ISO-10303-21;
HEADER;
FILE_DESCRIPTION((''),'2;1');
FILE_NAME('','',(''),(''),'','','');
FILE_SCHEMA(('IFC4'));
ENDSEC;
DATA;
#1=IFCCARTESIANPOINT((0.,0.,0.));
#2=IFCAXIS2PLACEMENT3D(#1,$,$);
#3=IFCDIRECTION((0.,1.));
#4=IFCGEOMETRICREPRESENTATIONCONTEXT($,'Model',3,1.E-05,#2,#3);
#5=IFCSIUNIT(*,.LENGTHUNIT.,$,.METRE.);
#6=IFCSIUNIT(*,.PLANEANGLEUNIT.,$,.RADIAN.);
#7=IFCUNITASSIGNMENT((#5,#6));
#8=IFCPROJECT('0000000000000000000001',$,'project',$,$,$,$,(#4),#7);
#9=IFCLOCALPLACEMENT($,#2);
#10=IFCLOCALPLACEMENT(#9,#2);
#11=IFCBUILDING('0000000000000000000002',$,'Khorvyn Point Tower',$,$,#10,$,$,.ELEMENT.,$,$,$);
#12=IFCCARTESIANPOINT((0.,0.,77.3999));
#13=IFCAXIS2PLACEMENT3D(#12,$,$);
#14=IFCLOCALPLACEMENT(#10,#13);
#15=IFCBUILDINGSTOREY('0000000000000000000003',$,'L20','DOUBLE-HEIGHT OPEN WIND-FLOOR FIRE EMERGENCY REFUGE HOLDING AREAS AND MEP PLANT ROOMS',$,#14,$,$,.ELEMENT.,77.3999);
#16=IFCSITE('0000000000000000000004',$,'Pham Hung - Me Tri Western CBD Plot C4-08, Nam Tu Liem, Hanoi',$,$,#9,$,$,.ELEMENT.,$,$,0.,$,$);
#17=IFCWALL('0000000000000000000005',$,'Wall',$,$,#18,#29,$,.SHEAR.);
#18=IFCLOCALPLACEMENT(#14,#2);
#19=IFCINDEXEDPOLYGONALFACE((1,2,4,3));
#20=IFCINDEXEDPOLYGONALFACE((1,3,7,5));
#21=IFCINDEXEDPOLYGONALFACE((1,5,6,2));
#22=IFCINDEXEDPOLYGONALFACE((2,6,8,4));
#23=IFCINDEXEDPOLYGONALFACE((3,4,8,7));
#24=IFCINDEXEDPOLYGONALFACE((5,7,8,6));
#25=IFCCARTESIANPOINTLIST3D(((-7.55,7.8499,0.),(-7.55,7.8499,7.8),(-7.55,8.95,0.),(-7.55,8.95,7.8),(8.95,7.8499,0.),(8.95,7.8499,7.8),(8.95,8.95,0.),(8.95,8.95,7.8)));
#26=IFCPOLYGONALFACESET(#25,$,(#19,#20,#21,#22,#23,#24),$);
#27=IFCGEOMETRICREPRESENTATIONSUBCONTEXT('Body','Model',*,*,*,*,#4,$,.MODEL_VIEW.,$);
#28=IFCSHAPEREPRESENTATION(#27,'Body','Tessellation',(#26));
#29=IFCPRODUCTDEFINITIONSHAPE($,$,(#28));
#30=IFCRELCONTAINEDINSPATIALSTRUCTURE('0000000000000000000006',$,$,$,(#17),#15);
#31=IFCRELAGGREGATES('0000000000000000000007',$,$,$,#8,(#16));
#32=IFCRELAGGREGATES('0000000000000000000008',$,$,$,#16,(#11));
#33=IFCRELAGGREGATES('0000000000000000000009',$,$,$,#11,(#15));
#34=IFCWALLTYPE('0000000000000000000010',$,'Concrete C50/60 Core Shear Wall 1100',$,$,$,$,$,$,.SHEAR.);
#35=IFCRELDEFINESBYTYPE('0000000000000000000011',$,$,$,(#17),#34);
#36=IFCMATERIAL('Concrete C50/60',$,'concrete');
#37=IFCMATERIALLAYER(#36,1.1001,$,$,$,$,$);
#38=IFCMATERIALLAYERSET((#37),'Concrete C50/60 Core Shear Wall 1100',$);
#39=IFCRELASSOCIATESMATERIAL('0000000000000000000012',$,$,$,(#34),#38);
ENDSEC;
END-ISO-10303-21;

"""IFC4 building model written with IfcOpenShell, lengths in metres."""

from ifc_helpers import new_model, si_unit, direction, frame, frame_2d, origin, place, context, subcontext, project, spatial, rectangle, extrude, material, layer, layer_set, type_object, element, save


model = new_model("IFC4")

# Units and contexts
model_context = context("Model", 3, precision=1e-05, world=origin(), true_north=direction((0.0, 1.0)))
body_context = subcontext(model_context, "Body", "Model", "MODEL_VIEW")
ifc_project = project(units=[si_unit("LENGTHUNIT", "METRE"), si_unit("PLANEANGLEUNIT", "RADIAN")], contexts=[model_context])

# Site, building, storey
site_placement = place(None, origin())
site = spatial("IfcSite", under=ifc_project, at=site_placement, Name="Pham Hung - Me Tri Western CBD Plot C4-08, Nam Tu Liem, Hanoi", CompositionType="ELEMENT", RefElevation=0.0)
building_placement = place(site_placement, origin())
building = spatial("IfcBuilding", under=site, at=building_placement, Name="Khorvyn Point Tower", CompositionType="ELEMENT")
storey_placement = place(building_placement, frame((0.0, 0.0, 77.3999)))
storey = spatial("IfcBuildingStorey", under=building, at=storey_placement, Name="L20", Description="DOUBLE-HEIGHT OPEN WIND-FLOOR FIRE EMERGENCY REFUGE HOLDING AREAS AND MEP PLANT ROOMS", CompositionType="ELEMENT", Elevation=77.3999)

# Wall
ifc_material_1 = material(Name="Concrete C50/60", Category="concrete")
ifc_layer_1 = layer(ifc_material_1, 1.1001)
ifc_layer_set_1 = layer_set([ifc_layer_1], Name="Concrete C50/60 Core Shear Wall 1100")
wall_type_1 = type_object("IfcWallType", Name="Concrete C50/60 Core Shear Wall 1100", PredefinedType="SHEAR", material=ifc_layer_set_1)
wall_1_placement = place(storey_placement, frame((-7.55, 8.3999, 0.0), z_axis=(0.0, 0.0, 1.0), x_axis=(1.0, 0.0, 0.0)))
element("IfcWall", 1, at=wall_1_placement, inside=storey, type_object=wall_type_1, Name="Wall", PredefinedType="SHEAR", context=body_context, shape_type="SweptSolid", body=[
    extrude(rectangle(XDim=16.5, YDim=1.1001, at=frame_2d((8.25, 0.0))), origin(), (0.0, 0.0, 1.0), 7.8),
])

save(model, "model.ifc")
